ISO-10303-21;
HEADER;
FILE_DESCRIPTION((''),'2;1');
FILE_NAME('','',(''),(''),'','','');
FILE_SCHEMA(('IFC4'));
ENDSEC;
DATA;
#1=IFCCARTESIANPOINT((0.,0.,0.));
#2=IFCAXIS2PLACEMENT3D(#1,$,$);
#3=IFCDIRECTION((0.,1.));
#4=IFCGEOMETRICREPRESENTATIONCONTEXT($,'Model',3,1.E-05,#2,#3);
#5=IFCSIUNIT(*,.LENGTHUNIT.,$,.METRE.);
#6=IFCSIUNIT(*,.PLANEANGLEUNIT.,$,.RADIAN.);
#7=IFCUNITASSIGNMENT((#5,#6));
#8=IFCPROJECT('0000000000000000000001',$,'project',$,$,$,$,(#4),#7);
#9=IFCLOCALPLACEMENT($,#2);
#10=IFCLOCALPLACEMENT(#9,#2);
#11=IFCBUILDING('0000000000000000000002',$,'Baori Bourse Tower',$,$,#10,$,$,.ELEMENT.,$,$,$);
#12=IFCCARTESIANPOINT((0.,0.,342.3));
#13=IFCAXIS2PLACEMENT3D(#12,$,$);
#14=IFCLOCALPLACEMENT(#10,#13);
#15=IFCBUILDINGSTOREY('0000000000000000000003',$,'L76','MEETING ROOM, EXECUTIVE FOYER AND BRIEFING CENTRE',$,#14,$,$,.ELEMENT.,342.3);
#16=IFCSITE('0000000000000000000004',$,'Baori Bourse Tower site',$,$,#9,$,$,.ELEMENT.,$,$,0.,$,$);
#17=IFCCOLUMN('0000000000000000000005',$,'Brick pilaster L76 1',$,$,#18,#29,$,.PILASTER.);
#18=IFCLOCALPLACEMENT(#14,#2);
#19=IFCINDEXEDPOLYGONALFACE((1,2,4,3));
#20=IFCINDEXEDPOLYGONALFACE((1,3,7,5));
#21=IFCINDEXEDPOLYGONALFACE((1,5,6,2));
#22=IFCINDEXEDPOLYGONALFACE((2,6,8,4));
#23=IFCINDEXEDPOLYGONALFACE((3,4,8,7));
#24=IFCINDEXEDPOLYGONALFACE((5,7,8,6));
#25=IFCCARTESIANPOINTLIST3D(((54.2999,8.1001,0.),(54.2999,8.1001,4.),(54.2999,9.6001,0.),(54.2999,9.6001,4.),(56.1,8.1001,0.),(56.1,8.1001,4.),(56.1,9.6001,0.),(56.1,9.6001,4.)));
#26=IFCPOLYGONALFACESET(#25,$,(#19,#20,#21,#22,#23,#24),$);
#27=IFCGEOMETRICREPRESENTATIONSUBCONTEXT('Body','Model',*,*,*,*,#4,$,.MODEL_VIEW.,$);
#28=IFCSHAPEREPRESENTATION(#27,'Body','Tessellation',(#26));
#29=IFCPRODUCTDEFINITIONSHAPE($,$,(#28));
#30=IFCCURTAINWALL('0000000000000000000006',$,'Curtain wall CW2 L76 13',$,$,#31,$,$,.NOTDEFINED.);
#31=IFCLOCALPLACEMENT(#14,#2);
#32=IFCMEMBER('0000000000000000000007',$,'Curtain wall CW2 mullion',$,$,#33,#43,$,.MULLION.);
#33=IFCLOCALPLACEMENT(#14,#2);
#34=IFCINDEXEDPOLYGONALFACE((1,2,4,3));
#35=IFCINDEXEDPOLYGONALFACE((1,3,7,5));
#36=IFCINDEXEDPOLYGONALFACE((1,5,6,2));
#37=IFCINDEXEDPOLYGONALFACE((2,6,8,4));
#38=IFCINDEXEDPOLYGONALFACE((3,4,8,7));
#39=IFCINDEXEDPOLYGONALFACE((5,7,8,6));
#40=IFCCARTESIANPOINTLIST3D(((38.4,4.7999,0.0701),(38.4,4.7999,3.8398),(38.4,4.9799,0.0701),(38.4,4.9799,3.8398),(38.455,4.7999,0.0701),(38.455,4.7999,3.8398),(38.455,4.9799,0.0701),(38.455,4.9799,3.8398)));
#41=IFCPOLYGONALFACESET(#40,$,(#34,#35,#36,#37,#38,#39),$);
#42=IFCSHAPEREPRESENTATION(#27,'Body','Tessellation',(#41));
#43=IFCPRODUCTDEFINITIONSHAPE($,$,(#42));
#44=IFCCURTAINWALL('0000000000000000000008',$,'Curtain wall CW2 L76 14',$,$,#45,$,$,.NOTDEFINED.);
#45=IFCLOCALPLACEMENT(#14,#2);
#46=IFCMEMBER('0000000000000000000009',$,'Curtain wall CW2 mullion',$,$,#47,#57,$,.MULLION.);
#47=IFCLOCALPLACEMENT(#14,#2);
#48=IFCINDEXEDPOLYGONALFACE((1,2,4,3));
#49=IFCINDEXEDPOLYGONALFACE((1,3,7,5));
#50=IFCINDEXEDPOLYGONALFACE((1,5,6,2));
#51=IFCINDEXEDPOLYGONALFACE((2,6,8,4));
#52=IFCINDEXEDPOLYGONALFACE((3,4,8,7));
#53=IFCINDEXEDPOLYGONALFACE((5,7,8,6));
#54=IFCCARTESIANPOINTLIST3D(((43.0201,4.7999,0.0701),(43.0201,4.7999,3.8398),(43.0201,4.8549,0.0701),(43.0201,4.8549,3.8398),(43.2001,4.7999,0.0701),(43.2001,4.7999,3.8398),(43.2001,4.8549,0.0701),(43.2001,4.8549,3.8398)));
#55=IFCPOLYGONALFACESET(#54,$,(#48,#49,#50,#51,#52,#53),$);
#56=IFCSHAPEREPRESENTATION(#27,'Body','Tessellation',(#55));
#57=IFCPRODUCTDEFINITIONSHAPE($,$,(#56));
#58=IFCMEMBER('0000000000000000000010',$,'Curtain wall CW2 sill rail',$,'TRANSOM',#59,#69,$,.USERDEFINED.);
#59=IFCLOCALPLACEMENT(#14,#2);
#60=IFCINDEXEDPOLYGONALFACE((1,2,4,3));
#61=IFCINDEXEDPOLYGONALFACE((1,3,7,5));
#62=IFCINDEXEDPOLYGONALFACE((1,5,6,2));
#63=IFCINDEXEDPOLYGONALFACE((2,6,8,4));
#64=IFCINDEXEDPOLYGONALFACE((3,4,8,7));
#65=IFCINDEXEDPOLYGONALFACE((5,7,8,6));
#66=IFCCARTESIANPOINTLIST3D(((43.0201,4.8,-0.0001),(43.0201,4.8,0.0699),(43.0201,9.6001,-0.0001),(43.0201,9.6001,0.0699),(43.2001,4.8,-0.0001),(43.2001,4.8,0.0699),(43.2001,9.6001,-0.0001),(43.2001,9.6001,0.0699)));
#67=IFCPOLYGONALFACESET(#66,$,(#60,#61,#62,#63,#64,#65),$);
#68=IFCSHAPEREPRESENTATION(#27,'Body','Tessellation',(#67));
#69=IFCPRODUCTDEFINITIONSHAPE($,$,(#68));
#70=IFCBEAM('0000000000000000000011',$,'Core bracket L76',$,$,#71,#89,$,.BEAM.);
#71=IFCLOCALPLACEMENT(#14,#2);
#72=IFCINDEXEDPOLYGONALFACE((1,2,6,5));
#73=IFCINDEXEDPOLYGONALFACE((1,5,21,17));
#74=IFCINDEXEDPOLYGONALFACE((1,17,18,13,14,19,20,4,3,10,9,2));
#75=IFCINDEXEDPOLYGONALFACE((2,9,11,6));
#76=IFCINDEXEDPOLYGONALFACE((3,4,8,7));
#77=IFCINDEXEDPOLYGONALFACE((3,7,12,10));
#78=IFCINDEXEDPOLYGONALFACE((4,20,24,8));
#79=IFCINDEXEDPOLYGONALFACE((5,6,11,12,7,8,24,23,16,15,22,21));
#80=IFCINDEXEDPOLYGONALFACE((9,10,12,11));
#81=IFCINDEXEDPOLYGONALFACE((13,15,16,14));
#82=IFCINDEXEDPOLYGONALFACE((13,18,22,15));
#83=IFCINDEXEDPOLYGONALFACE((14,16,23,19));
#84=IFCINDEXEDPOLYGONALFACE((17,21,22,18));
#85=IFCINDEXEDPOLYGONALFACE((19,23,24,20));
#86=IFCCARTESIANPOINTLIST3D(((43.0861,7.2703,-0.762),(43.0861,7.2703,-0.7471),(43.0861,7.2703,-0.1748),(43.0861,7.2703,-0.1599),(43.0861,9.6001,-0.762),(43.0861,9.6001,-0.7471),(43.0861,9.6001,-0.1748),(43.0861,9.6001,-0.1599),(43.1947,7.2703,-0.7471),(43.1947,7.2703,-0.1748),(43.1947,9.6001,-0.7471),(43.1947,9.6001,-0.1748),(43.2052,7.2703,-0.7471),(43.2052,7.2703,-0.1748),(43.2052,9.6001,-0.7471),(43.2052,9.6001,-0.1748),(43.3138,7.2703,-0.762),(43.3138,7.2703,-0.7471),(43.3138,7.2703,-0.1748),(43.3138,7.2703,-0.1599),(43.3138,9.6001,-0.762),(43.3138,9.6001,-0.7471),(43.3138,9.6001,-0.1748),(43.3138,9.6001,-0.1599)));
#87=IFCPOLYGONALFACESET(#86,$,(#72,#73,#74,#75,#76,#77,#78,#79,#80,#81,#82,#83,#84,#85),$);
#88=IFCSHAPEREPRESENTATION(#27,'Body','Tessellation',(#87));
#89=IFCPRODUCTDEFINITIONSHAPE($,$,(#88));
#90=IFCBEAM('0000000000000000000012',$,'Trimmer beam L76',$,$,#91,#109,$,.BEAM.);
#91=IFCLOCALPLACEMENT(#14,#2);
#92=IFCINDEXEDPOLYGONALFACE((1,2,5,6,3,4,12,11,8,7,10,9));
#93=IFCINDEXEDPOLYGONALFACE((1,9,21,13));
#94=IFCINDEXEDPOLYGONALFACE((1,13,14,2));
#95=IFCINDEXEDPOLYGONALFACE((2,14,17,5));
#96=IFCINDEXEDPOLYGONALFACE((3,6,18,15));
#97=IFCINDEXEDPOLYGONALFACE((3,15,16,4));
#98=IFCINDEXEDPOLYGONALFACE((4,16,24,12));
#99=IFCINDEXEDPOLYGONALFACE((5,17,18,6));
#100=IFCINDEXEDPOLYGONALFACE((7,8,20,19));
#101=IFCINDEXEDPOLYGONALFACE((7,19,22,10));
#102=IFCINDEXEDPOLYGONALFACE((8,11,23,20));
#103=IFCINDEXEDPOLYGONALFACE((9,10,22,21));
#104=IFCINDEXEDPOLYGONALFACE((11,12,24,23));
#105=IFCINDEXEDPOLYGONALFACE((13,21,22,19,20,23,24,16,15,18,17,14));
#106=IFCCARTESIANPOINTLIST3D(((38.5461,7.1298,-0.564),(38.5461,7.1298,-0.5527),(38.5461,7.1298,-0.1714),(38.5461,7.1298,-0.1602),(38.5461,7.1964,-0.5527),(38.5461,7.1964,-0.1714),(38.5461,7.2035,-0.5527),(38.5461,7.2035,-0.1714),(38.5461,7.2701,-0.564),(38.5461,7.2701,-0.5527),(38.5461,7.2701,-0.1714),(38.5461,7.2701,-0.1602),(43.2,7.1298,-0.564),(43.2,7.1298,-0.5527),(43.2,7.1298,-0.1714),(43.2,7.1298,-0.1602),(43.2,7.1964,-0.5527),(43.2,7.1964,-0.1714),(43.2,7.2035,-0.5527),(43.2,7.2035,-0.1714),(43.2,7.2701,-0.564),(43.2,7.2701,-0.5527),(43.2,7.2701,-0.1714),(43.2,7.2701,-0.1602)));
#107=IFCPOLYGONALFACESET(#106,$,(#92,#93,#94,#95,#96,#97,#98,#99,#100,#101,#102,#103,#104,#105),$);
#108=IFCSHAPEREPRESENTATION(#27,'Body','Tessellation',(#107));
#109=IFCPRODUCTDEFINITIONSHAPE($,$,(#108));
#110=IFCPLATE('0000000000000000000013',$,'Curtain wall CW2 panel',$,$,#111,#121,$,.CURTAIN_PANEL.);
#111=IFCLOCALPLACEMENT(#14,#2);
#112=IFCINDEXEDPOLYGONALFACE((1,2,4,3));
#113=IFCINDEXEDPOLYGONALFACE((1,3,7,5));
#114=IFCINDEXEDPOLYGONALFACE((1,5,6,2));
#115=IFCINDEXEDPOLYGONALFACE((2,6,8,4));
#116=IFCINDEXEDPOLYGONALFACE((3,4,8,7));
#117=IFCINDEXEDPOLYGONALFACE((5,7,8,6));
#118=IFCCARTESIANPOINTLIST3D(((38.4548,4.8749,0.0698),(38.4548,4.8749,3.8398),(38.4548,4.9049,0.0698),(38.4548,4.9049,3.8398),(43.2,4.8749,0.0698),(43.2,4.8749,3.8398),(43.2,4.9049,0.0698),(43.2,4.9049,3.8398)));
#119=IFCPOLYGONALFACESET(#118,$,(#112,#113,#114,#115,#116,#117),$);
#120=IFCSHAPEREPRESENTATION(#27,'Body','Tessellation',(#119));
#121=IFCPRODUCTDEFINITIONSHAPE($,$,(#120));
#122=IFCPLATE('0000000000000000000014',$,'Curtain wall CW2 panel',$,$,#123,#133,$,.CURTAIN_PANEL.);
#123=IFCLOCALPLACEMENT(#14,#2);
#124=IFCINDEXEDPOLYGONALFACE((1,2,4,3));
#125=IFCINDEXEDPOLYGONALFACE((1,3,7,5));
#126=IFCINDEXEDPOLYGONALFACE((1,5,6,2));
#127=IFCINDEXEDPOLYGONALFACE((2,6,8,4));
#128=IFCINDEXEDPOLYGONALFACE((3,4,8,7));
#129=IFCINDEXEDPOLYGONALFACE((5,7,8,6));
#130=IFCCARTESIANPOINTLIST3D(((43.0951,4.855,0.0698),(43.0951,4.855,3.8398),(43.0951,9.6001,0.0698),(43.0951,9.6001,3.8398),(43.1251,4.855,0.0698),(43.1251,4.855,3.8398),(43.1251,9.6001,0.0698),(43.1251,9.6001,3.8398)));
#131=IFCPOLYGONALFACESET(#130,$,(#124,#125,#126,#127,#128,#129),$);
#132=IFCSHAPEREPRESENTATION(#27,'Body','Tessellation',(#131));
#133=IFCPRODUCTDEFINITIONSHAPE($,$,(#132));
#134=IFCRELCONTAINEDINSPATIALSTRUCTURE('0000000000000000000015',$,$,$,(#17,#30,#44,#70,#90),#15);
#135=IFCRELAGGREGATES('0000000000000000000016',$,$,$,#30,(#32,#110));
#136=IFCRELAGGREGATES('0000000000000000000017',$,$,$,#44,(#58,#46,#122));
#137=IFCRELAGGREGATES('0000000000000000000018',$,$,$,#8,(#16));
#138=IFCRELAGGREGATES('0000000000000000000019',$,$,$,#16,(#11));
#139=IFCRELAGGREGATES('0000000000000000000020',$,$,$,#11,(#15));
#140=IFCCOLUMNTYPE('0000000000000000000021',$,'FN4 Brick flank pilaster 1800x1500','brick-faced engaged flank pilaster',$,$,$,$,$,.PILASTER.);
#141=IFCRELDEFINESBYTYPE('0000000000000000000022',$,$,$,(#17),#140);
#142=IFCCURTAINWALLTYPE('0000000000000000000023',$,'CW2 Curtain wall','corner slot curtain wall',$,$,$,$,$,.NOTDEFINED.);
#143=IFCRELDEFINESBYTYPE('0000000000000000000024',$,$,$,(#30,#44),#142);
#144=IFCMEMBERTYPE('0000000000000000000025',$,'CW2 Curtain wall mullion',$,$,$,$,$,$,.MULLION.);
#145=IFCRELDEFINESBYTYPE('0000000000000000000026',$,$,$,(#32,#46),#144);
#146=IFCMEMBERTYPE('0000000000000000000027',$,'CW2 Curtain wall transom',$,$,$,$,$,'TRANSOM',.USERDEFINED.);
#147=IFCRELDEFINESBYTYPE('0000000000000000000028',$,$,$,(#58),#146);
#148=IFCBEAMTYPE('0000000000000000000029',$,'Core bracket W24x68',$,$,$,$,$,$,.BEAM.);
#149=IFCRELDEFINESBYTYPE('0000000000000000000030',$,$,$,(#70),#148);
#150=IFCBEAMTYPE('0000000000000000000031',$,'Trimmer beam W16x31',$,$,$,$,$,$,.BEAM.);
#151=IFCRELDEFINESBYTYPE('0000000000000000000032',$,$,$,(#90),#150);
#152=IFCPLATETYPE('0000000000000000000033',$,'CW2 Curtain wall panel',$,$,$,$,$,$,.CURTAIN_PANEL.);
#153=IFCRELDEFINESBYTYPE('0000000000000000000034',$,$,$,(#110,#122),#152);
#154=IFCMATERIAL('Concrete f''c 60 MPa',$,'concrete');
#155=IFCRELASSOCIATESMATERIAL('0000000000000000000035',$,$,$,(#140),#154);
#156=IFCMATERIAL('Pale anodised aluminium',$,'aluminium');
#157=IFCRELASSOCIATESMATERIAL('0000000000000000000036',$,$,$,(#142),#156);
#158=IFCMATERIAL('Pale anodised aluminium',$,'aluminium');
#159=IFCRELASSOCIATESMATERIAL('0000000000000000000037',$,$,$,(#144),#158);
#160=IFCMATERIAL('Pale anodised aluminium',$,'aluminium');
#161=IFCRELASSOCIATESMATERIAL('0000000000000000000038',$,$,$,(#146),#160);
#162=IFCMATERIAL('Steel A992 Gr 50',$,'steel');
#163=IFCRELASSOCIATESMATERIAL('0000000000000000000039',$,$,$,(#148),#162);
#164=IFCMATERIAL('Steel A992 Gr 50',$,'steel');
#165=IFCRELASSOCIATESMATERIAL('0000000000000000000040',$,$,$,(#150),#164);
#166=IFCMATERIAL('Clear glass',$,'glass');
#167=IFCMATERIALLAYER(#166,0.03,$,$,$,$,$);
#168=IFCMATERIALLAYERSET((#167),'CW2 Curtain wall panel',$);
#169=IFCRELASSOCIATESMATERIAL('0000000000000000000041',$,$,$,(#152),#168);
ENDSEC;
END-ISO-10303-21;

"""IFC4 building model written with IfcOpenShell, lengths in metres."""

from ifc_helpers import new_model, si_unit, direction, frame, origin, origin_2d, place, context, subcontext, project, spatial, rectangle, i_section, extrude, material, layer, layer_set, material_profile, profile_set, type_object, element, aggregate, save


model = new_model("IFC4")

# Units and contexts
model_context = context("Model", 3, precision=1e-05, world=origin(), true_north=direction((0.0, 1.0)))
body_context = subcontext(model_context, "Body", "Model", "MODEL_VIEW")
ifc_project = project(units=[si_unit("LENGTHUNIT", "METRE"), si_unit("PLANEANGLEUNIT", "RADIAN")], contexts=[model_context])

# Site, building, storey
site_placement = place(None, origin())
site = spatial("IfcSite", under=ifc_project, at=site_placement, Name="Baori Bourse Tower site", CompositionType="ELEMENT", RefElevation=0.0)
building_placement = place(site_placement, origin())
building = spatial("IfcBuilding", under=site, at=building_placement, Name="Baori Bourse Tower", CompositionType="ELEMENT")
storey_placement = place(building_placement, frame((0.0, 0.0, 342.3)))
storey = spatial("IfcBuildingStorey", under=building, at=storey_placement, Name="L76", Description="MEETING ROOM, EXECUTIVE FOYER AND BRIEFING CENTRE", CompositionType="ELEMENT", Elevation=342.3)

# Column
ifc_material_1 = material(Name="Concrete f'c 60 MPa", Category="concrete")
ifc_material_profile_1 = material_profile(ifc_material_1, rectangle(XDim=1.8, YDim=1.5, at=origin_2d()), Name="RC 1800x1500")
ifc_profile_set_1 = profile_set([ifc_material_profile_1], Name="Concrete f'c 60 MPa")
column_type = type_object("IfcColumnType", Name="FN4 Brick flank pilaster 1800x1500", Description="brick-faced engaged flank pilaster", PredefinedType="PILASTER", material=ifc_profile_set_1)
column_placement = place(storey_placement, frame((55.2, 8.8501, 0.0), z_axis=(0.0, 0.0, 1.0), x_axis=(1.0, 0.0, 0.0)))
element("IfcColumn", 1, at=column_placement, inside=storey, type_object=column_type, Name="Brick pilaster L76 1", PredefinedType="PILASTER", context=body_context, shape_type="SweptSolid", body=[
    extrude(rectangle(XDim=1.8, YDim=1.5, at=origin_2d()), origin(), (0.0, 0.0, 1.0), 4.0),
])

# Curtain wall, member
ifc_material_2 = material(Name="Pale anodised aluminium", Category="aluminium")
curtain_wall_type = type_object("IfcCurtainWallType", Name="CW2 Curtain wall", Description="corner slot curtain wall", PredefinedType="NOTDEFINED", material=ifc_material_2)
curtain_wall_1_placement = place(storey_placement, origin())
curtain_wall_1 = element("IfcCurtainWall", 2, at=curtain_wall_1_placement, inside=storey, type_object=curtain_wall_type, Name="Curtain wall CW2 L76 13", PredefinedType="NOTDEFINED")
ifc_material_3 = material(Name="Pale anodised aluminium", Category="aluminium")
ifc_material_profile_2 = material_profile(ifc_material_3, rectangle(XDim=0.1799, YDim=0.0549, at=origin_2d()), Name="Mullion 55x180")
ifc_profile_set_2 = profile_set([ifc_material_profile_2], Name="Pale anodised aluminium")
member_type_1 = type_object("IfcMemberType", Name="CW2 Curtain wall mullion", PredefinedType="MULLION", material=ifc_profile_set_2)
member_1_placement = place(storey_placement, frame((38.4275, 4.8899, 0.0701), z_axis=(0.0, 0.0, 1.0), x_axis=(0.0, 1.0, 0.0)))
member_1 = element("IfcMember", 3, at=member_1_placement, type_object=member_type_1, Name="Curtain wall CW2 mullion", PredefinedType="MULLION", context=body_context, shape_type="SweptSolid", body=[
    extrude(rectangle(XDim=0.1799, YDim=0.0549, at=origin_2d()), origin(), (0.0, 0.0, 1.0), 3.7698),
])

# Curtain wall, members
curtain_wall_2_placement = place(storey_placement, origin())
curtain_wall_2 = element("IfcCurtainWall", 4, at=curtain_wall_2_placement, inside=storey, type_object=curtain_wall_type, Name="Curtain wall CW2 L76 14", PredefinedType="NOTDEFINED")
member_2_placement = place(storey_placement, frame((43.1101, 4.8274, 0.0701), z_axis=(0.0, 0.0, 1.0), x_axis=(-1.0, 0.0, 0.0)))
member_2 = element("IfcMember", 5, at=member_2_placement, type_object=member_type_1, Name="Curtain wall CW2 mullion", PredefinedType="MULLION", context=body_context, shape_type="SweptSolid", body=[
    extrude(rectangle(XDim=0.1799, YDim=0.0549, at=origin_2d()), origin(), (0.0, 0.0, 1.0), 3.7698),
])
ifc_material_4 = material(Name="Pale anodised aluminium", Category="aluminium")
ifc_material_profile_3 = material_profile(ifc_material_4, rectangle(XDim=0.1799, YDim=0.0701, at=origin_2d()), Name="Transom 70x180")
ifc_profile_set_3 = profile_set([ifc_material_profile_3], Name="Pale anodised aluminium")
member_type_2 = type_object("IfcMemberType", Name="CW2 Curtain wall transom", ElementType="TRANSOM", PredefinedType="USERDEFINED", material=ifc_profile_set_3)
member_3_placement = place(storey_placement, frame((43.1101, 4.8, 0.0349), z_axis=(0.0, 1.0, 0.0), x_axis=(-1.0, 0.0, 0.0)))
member_3 = element("IfcMember", 6, at=member_3_placement, type_object=member_type_2, Name="Curtain wall CW2 sill rail", ObjectType="TRANSOM", PredefinedType="USERDEFINED", context=body_context, shape_type="SweptSolid", body=[
    extrude(rectangle(XDim=0.1799, YDim=0.0701, at=origin_2d()), origin(), (0.0, 0.0, 1.0), 4.8),
])

# Beams
ifc_material_5 = material(Name="Steel A992 Gr 50", Category="steel")
ifc_material_profile_4 = material_profile(ifc_material_5, i_section(OverallWidth=0.2278, OverallDepth=0.6021, WebThickness=0.0105, FlangeThickness=0.0149, at=origin_2d()), Name="W24x68")
ifc_profile_set_4 = profile_set([ifc_material_profile_4], Name="Steel A992 Gr 50")
beam_type_1 = type_object("IfcBeamType", Name="Core bracket W24x68", PredefinedType="BEAM", material=ifc_profile_set_4)
beam_1_placement = place(storey_placement, frame((43.2, 7.2703, -0.4609), z_axis=(0.0, 1.0, 0.0), x_axis=(-1.0, 0.0, 0.0)))
element("IfcBeam", 7, at=beam_1_placement, inside=storey, type_object=beam_type_1, Name="Core bracket L76", PredefinedType="BEAM", context=body_context, shape_type="SweptSolid", body=[
    extrude(i_section(OverallWidth=0.2278, OverallDepth=0.6021, WebThickness=0.0105, FlangeThickness=0.0149, at=origin_2d()), origin(), (0.0, 0.0, 1.0), 2.3298),
])
ifc_material_6 = material(Name="Steel A992 Gr 50", Category="steel")
ifc_material_profile_5 = material_profile(ifc_material_6, i_section(OverallWidth=0.1404, OverallDepth=0.4038, WebThickness=0.0071, FlangeThickness=0.0112, at=origin_2d()), Name="W16x31")
ifc_profile_set_5 = profile_set([ifc_material_profile_5], Name="Steel A992 Gr 50")
beam_type_2 = type_object("IfcBeamType", Name="Trimmer beam W16x31", PredefinedType="BEAM", material=ifc_profile_set_5)
beam_2_placement = place(storey_placement, frame((38.5461, 7.2, -0.3621), z_axis=(1.0, 0.0, 0.0), x_axis=(0.0, 1.0, 0.0)))
element("IfcBeam", 8, at=beam_2_placement, inside=storey, type_object=beam_type_2, Name="Trimmer beam L76", PredefinedType="BEAM", context=body_context, shape_type="SweptSolid", body=[
    extrude(i_section(OverallWidth=0.1404, OverallDepth=0.4038, WebThickness=0.0071, FlangeThickness=0.0112, at=origin_2d()), origin(), (0.0, 0.0, 1.0), 4.6538),
])

# Plates
ifc_material_7 = material(Name="Clear glass", Category="glass")
ifc_layer_1 = layer(ifc_material_7, 0.03)
ifc_layer_set_1 = layer_set([ifc_layer_1], Name="CW2 Curtain wall panel")
plate_type = type_object("IfcPlateType", Name="CW2 Curtain wall panel", PredefinedType="CURTAIN_PANEL", material=ifc_layer_set_1)
plate_1_placement = place(storey_placement, frame((40.8274, 4.8899, 0.0698), z_axis=(0.0, 0.0, 1.0), x_axis=(1.0, 0.0, 0.0)))
plate_1 = element("IfcPlate", 9, at=plate_1_placement, type_object=plate_type, Name="Curtain wall CW2 panel", PredefinedType="CURTAIN_PANEL", context=body_context, shape_type="SweptSolid", body=[
    extrude(rectangle(XDim=4.7451, YDim=0.03, at=origin_2d()), origin(), (0.0, 0.0, 1.0), 3.77),
])
aggregate(curtain_wall_1, [member_1, plate_1])
plate_2_placement = place(storey_placement, frame((43.1101, 7.2275, 0.0698), z_axis=(0.0, 0.0, 1.0), x_axis=(0.0, 1.0, 0.0)))
plate_2 = element("IfcPlate", 10, at=plate_2_placement, type_object=plate_type, Name="Curtain wall CW2 panel", PredefinedType="CURTAIN_PANEL", context=body_context, shape_type="SweptSolid", body=[
    extrude(rectangle(XDim=4.7451, YDim=0.03, at=origin_2d()), origin(), (0.0, 0.0, 1.0), 3.77),
])
aggregate(curtain_wall_2, [member_3, member_2, plate_2])

save(model, "model.ifc")
